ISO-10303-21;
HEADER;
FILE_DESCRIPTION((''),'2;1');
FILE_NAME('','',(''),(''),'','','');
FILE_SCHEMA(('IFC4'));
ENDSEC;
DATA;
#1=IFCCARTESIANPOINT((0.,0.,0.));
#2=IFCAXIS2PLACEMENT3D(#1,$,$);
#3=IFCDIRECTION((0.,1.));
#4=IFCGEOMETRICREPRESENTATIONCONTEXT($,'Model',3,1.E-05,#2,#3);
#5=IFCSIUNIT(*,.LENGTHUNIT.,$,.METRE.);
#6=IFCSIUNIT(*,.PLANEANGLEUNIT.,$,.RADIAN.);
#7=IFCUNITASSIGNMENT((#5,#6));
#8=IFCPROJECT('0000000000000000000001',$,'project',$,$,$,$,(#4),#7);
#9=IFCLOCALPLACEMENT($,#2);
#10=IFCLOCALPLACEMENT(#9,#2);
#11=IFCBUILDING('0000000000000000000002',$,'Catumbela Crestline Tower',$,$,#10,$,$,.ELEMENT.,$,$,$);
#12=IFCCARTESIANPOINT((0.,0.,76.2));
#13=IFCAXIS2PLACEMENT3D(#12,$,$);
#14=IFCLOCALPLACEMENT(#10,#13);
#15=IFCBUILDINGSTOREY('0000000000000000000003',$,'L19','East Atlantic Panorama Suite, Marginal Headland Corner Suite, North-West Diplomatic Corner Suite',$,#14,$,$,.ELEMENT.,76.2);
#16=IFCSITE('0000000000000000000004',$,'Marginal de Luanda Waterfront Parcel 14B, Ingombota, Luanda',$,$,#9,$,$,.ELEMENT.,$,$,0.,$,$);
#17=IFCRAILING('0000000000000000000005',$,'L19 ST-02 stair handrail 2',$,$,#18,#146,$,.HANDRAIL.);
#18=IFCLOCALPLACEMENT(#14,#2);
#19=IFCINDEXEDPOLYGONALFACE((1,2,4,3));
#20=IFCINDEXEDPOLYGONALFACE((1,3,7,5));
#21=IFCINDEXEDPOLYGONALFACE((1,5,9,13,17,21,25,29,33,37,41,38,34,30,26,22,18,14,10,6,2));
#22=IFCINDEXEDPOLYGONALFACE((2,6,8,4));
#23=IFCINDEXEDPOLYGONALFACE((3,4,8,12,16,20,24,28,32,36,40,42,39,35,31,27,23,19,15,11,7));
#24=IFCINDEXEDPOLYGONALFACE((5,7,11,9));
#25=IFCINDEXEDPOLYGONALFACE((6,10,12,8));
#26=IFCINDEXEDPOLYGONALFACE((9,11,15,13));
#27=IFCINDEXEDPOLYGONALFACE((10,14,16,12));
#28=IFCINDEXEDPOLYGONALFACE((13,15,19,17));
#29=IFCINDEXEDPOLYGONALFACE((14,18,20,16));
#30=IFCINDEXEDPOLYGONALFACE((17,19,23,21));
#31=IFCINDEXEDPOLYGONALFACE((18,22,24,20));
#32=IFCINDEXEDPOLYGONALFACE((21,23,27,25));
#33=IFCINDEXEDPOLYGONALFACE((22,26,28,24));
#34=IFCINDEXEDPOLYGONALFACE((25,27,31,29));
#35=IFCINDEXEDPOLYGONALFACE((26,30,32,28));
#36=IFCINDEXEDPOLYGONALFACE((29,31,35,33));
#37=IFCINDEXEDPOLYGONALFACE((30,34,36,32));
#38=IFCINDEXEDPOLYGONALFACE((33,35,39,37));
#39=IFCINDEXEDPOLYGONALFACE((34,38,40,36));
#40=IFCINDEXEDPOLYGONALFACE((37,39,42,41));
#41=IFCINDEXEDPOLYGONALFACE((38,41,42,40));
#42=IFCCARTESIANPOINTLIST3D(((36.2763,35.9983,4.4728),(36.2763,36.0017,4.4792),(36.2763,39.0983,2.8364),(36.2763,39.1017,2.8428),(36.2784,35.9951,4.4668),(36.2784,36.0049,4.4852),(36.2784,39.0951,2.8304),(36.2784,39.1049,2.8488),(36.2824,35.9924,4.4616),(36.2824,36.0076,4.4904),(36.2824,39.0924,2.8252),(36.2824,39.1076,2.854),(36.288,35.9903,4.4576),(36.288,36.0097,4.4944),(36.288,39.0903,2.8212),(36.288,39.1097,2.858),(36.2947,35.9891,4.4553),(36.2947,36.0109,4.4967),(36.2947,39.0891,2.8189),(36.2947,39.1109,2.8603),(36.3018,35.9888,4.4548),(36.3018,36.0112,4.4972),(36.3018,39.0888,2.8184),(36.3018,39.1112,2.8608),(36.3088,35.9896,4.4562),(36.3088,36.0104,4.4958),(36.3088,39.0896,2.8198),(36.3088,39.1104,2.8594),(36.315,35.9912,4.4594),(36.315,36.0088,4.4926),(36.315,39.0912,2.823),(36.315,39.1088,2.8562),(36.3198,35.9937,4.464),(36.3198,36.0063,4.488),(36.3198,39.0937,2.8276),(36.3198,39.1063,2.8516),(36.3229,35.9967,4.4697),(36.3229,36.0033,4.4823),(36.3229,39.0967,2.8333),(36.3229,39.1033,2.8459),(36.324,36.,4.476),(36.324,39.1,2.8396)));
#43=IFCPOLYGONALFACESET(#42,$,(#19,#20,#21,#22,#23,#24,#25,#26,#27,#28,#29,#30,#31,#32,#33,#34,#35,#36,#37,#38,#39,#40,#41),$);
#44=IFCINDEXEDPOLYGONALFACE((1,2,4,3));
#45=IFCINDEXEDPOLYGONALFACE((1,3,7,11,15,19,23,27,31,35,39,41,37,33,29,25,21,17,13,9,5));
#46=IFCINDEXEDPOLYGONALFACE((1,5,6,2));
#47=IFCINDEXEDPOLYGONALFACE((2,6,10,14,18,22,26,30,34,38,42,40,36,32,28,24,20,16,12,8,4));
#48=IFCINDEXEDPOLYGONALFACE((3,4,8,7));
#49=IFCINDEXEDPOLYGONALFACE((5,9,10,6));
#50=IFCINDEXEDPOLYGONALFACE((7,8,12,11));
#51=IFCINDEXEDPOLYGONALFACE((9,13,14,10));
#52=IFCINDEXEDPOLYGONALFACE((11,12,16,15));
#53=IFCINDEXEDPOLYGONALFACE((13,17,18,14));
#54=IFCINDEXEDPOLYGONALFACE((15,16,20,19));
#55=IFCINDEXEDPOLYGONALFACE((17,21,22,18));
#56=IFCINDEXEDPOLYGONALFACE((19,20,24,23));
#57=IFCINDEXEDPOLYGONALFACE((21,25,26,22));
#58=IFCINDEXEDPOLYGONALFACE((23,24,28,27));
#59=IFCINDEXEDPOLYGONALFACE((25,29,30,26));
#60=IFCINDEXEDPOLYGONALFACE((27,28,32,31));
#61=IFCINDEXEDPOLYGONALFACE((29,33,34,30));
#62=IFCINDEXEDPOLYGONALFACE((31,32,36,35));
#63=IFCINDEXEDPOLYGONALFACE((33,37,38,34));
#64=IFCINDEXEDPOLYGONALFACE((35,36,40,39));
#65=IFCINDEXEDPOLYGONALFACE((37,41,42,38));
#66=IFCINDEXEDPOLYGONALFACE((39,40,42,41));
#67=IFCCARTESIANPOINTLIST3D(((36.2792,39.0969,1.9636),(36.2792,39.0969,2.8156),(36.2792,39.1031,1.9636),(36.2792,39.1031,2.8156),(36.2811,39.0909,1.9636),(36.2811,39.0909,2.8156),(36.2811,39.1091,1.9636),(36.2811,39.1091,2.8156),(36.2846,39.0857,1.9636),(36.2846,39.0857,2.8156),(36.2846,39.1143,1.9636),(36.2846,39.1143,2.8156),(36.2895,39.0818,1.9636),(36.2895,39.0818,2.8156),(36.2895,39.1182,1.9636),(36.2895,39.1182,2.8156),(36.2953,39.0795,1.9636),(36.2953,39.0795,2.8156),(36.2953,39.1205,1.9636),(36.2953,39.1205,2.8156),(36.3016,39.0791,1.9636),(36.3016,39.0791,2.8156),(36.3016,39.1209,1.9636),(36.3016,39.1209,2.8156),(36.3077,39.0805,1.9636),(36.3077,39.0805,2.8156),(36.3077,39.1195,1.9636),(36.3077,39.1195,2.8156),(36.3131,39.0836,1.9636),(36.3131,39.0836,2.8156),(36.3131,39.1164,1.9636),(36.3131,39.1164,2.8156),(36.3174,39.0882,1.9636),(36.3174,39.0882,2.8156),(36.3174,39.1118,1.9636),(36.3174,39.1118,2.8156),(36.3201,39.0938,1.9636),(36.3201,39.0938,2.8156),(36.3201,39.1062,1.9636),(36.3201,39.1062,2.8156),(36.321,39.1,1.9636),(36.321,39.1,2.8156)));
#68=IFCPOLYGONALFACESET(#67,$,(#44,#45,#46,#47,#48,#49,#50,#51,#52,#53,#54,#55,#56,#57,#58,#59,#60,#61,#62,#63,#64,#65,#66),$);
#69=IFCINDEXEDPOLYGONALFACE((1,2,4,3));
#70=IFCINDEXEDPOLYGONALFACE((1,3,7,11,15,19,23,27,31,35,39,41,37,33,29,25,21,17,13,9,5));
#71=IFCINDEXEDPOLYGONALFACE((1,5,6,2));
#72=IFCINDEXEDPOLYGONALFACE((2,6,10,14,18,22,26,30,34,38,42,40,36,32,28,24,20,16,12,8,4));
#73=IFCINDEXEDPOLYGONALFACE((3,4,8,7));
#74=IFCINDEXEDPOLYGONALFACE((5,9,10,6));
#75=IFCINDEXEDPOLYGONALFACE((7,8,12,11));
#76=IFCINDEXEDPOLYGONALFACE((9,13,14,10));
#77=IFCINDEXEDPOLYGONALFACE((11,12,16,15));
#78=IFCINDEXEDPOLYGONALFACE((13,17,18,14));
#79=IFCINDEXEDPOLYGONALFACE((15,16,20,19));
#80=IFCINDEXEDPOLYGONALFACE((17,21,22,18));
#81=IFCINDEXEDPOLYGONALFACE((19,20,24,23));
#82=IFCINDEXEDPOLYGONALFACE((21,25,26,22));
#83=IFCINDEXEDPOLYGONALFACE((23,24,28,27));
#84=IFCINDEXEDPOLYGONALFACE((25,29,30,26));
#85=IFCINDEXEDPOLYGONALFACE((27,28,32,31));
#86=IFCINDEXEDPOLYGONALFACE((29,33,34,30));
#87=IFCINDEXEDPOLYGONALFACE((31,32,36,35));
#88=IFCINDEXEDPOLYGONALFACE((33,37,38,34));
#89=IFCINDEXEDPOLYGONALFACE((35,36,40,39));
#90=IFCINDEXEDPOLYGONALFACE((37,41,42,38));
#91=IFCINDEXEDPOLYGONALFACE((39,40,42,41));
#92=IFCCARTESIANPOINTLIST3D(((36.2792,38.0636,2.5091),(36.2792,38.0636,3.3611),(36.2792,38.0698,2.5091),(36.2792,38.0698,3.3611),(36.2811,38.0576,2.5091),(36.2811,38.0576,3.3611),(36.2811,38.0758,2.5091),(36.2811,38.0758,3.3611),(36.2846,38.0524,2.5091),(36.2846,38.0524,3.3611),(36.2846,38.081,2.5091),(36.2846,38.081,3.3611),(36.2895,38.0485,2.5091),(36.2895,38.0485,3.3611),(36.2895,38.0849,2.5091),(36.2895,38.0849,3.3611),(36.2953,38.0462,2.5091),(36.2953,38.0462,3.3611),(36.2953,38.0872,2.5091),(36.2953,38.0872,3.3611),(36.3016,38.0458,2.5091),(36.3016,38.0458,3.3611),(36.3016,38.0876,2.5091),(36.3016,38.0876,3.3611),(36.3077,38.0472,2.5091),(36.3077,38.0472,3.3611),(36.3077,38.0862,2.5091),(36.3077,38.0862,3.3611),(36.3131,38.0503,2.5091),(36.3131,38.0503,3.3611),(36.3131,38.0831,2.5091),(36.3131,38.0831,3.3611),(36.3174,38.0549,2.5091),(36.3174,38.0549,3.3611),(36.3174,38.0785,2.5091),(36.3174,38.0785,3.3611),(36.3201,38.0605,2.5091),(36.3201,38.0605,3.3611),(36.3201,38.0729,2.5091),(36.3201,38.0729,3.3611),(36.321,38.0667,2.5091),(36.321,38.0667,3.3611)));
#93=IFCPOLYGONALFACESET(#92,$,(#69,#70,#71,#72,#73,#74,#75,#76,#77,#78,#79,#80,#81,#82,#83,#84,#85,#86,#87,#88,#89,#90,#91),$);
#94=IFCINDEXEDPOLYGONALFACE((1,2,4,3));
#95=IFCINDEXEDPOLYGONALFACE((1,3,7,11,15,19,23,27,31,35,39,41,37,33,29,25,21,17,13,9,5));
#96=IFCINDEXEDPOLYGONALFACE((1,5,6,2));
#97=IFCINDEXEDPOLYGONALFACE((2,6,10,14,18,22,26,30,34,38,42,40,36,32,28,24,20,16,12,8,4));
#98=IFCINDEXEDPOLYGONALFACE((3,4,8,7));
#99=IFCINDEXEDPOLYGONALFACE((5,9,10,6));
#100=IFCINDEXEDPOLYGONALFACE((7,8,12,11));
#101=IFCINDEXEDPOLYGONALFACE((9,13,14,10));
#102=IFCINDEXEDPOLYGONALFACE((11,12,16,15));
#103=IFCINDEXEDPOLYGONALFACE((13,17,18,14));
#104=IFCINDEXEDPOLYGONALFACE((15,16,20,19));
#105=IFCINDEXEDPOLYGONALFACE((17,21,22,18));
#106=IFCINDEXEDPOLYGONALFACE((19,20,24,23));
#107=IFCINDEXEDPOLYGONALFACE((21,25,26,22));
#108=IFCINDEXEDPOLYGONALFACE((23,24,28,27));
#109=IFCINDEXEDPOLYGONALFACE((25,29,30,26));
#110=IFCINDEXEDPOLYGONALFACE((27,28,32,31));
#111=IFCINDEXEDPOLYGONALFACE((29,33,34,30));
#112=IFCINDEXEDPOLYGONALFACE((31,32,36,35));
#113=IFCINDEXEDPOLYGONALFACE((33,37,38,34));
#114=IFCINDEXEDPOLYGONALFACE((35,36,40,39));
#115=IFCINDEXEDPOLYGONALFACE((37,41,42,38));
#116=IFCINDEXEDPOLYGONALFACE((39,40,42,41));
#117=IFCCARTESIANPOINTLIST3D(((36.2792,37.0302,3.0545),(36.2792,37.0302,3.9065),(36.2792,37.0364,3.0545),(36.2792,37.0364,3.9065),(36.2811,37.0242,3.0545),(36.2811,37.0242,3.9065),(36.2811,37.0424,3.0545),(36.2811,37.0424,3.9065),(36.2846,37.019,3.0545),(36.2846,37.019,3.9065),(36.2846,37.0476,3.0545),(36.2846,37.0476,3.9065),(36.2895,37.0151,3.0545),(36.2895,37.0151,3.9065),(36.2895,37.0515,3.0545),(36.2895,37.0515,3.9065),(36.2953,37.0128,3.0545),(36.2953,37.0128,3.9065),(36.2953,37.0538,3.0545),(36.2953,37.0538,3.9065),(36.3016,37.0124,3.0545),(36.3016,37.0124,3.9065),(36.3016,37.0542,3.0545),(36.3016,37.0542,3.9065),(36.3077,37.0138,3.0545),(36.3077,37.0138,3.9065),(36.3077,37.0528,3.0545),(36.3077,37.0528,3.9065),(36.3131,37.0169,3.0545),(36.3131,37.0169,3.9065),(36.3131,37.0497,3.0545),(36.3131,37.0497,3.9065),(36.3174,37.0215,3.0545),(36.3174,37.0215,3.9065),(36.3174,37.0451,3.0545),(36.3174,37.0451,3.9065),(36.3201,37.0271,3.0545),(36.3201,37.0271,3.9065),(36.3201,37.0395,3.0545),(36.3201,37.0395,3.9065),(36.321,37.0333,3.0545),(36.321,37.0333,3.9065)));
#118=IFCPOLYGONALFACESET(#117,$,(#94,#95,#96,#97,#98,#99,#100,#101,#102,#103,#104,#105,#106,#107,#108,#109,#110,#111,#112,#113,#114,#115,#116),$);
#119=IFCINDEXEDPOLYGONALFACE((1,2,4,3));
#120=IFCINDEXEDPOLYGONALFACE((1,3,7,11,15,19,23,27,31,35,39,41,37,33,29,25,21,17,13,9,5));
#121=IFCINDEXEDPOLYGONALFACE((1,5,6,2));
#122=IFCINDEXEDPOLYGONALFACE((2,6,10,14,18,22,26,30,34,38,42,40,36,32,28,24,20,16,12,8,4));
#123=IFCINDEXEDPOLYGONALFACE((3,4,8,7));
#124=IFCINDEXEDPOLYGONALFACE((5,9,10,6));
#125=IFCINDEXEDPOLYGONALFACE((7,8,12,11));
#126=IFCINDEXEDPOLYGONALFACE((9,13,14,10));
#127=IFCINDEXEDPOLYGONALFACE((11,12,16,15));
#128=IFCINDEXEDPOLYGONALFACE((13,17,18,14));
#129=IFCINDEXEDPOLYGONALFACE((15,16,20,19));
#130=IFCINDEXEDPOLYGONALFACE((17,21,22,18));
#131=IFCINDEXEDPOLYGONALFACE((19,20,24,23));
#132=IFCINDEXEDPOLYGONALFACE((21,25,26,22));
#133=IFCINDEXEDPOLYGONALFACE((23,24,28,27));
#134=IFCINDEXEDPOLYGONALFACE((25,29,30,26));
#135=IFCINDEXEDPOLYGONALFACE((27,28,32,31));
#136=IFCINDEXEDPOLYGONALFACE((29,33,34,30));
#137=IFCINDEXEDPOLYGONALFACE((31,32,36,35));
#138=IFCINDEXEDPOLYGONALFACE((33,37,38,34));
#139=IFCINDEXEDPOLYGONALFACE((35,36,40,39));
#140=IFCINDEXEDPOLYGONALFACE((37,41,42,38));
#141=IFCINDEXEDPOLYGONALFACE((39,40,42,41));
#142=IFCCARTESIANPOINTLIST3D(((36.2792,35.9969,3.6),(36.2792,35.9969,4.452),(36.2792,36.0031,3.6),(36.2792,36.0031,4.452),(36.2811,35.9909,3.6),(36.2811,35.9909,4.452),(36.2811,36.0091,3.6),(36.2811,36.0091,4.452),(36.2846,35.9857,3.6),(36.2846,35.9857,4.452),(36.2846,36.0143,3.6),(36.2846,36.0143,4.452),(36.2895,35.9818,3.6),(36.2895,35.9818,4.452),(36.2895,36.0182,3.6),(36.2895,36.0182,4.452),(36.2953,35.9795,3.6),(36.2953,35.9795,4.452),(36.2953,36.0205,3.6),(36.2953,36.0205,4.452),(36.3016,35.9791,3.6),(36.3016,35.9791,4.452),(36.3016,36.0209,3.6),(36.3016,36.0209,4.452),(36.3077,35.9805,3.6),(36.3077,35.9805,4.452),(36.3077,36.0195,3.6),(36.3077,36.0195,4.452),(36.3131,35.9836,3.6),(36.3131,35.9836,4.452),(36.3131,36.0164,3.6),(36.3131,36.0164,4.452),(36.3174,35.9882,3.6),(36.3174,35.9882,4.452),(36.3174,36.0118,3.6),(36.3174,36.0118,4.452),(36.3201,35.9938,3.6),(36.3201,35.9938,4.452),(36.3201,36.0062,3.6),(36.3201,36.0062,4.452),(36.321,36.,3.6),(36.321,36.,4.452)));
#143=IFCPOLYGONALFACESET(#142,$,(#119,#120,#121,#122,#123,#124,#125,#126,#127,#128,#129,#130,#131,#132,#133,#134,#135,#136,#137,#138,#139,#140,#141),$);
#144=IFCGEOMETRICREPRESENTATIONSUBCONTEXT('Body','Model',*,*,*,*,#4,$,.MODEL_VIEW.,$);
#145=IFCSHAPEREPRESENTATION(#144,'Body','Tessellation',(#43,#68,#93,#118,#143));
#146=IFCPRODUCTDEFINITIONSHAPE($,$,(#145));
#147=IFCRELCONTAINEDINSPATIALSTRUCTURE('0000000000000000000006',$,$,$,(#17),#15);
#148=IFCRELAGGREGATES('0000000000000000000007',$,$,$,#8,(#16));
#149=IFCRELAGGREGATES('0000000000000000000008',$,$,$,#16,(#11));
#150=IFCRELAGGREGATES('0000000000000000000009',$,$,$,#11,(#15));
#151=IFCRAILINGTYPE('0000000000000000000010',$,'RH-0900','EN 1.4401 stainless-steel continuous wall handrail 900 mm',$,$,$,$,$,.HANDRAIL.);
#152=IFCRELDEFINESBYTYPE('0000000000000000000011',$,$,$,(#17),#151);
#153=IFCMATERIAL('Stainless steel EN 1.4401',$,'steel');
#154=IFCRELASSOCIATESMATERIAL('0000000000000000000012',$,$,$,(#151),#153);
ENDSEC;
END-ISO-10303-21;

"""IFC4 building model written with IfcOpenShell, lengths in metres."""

from ifc_helpers import new_model, si_unit, direction, frame, origin, origin_2d, place, context, subcontext, project, spatial, circle, extrude, material, type_object, element, save


model = new_model("IFC4")

# Units and contexts
model_context = context("Model", 3, precision=1e-05, world=origin(), true_north=direction((0.0, 1.0)))
body_context = subcontext(model_context, "Body", "Model", "MODEL_VIEW")
ifc_project = project(units=[si_unit("LENGTHUNIT", "METRE"), si_unit("PLANEANGLEUNIT", "RADIAN")], contexts=[model_context])

# Site, building, storey
site_placement = place(None, origin())
site = spatial("IfcSite", under=ifc_project, at=site_placement, Name="Marginal de Luanda Waterfront Parcel 14B, Ingombota, Luanda", CompositionType="ELEMENT", RefElevation=0.0)
building_placement = place(site_placement, origin())
building = spatial("IfcBuilding", under=site, at=building_placement, Name="Catumbela Crestline Tower", CompositionType="ELEMENT")
storey_placement = place(building_placement, frame((0.0, 0.0, 76.2)))
storey = spatial("IfcBuildingStorey", under=building, at=storey_placement, Name="L19", Description="East Atlantic Panorama Suite, Marginal Headland Corner Suite, North-West Diplomatic Corner Suite", CompositionType="ELEMENT", Elevation=76.2)

# Shared definitions
ifc_material_1 = material(Name="Stainless steel EN 1.4401", Category="steel")

# Railing
railing_type_1 = type_object("IfcRailingType", Name="RH-0900", Description="EN 1.4401 stainless-steel continuous wall handrail 900 mm", PredefinedType="HANDRAIL", material=ifc_material_1)
railing_1_placement = place(storey_placement, frame((36.3, 39.1, 1.9636)))
element("IfcRailing", 1, at=railing_1_placement, inside=storey, type_object=railing_type_1, Name="L19 ST-02 stair handrail 2", PredefinedType="HANDRAIL", context=body_context, shape_type="SweptSolid", body=[
    extrude(circle(Radius=0.024, at=origin_2d()), frame((0.0, 0.0, 0.876), z_axis=(0.0, -0.884351, 0.466823), x_axis=(1.0, 0.0, 0.0)), (0.0, 0.0, 1.0), 3.5054),
    extrude(circle(Radius=0.021, at=origin_2d()), origin(), (0.0, 0.0, 1.0), 0.852),
    extrude(circle(Radius=0.021, at=origin_2d()), frame((0.0, -1.0333, 0.5455)), (0.0, 0.0, 1.0), 0.852),
    extrude(circle(Radius=0.021, at=origin_2d()), frame((0.0, -2.0667, 1.0909)), (0.0, 0.0, 1.0), 0.852),
    extrude(circle(Radius=0.021, at=origin_2d()), frame((0.0, -3.1, 1.6364)), (0.0, 0.0, 1.0), 0.852),
])

save(model, "model.ifc")
